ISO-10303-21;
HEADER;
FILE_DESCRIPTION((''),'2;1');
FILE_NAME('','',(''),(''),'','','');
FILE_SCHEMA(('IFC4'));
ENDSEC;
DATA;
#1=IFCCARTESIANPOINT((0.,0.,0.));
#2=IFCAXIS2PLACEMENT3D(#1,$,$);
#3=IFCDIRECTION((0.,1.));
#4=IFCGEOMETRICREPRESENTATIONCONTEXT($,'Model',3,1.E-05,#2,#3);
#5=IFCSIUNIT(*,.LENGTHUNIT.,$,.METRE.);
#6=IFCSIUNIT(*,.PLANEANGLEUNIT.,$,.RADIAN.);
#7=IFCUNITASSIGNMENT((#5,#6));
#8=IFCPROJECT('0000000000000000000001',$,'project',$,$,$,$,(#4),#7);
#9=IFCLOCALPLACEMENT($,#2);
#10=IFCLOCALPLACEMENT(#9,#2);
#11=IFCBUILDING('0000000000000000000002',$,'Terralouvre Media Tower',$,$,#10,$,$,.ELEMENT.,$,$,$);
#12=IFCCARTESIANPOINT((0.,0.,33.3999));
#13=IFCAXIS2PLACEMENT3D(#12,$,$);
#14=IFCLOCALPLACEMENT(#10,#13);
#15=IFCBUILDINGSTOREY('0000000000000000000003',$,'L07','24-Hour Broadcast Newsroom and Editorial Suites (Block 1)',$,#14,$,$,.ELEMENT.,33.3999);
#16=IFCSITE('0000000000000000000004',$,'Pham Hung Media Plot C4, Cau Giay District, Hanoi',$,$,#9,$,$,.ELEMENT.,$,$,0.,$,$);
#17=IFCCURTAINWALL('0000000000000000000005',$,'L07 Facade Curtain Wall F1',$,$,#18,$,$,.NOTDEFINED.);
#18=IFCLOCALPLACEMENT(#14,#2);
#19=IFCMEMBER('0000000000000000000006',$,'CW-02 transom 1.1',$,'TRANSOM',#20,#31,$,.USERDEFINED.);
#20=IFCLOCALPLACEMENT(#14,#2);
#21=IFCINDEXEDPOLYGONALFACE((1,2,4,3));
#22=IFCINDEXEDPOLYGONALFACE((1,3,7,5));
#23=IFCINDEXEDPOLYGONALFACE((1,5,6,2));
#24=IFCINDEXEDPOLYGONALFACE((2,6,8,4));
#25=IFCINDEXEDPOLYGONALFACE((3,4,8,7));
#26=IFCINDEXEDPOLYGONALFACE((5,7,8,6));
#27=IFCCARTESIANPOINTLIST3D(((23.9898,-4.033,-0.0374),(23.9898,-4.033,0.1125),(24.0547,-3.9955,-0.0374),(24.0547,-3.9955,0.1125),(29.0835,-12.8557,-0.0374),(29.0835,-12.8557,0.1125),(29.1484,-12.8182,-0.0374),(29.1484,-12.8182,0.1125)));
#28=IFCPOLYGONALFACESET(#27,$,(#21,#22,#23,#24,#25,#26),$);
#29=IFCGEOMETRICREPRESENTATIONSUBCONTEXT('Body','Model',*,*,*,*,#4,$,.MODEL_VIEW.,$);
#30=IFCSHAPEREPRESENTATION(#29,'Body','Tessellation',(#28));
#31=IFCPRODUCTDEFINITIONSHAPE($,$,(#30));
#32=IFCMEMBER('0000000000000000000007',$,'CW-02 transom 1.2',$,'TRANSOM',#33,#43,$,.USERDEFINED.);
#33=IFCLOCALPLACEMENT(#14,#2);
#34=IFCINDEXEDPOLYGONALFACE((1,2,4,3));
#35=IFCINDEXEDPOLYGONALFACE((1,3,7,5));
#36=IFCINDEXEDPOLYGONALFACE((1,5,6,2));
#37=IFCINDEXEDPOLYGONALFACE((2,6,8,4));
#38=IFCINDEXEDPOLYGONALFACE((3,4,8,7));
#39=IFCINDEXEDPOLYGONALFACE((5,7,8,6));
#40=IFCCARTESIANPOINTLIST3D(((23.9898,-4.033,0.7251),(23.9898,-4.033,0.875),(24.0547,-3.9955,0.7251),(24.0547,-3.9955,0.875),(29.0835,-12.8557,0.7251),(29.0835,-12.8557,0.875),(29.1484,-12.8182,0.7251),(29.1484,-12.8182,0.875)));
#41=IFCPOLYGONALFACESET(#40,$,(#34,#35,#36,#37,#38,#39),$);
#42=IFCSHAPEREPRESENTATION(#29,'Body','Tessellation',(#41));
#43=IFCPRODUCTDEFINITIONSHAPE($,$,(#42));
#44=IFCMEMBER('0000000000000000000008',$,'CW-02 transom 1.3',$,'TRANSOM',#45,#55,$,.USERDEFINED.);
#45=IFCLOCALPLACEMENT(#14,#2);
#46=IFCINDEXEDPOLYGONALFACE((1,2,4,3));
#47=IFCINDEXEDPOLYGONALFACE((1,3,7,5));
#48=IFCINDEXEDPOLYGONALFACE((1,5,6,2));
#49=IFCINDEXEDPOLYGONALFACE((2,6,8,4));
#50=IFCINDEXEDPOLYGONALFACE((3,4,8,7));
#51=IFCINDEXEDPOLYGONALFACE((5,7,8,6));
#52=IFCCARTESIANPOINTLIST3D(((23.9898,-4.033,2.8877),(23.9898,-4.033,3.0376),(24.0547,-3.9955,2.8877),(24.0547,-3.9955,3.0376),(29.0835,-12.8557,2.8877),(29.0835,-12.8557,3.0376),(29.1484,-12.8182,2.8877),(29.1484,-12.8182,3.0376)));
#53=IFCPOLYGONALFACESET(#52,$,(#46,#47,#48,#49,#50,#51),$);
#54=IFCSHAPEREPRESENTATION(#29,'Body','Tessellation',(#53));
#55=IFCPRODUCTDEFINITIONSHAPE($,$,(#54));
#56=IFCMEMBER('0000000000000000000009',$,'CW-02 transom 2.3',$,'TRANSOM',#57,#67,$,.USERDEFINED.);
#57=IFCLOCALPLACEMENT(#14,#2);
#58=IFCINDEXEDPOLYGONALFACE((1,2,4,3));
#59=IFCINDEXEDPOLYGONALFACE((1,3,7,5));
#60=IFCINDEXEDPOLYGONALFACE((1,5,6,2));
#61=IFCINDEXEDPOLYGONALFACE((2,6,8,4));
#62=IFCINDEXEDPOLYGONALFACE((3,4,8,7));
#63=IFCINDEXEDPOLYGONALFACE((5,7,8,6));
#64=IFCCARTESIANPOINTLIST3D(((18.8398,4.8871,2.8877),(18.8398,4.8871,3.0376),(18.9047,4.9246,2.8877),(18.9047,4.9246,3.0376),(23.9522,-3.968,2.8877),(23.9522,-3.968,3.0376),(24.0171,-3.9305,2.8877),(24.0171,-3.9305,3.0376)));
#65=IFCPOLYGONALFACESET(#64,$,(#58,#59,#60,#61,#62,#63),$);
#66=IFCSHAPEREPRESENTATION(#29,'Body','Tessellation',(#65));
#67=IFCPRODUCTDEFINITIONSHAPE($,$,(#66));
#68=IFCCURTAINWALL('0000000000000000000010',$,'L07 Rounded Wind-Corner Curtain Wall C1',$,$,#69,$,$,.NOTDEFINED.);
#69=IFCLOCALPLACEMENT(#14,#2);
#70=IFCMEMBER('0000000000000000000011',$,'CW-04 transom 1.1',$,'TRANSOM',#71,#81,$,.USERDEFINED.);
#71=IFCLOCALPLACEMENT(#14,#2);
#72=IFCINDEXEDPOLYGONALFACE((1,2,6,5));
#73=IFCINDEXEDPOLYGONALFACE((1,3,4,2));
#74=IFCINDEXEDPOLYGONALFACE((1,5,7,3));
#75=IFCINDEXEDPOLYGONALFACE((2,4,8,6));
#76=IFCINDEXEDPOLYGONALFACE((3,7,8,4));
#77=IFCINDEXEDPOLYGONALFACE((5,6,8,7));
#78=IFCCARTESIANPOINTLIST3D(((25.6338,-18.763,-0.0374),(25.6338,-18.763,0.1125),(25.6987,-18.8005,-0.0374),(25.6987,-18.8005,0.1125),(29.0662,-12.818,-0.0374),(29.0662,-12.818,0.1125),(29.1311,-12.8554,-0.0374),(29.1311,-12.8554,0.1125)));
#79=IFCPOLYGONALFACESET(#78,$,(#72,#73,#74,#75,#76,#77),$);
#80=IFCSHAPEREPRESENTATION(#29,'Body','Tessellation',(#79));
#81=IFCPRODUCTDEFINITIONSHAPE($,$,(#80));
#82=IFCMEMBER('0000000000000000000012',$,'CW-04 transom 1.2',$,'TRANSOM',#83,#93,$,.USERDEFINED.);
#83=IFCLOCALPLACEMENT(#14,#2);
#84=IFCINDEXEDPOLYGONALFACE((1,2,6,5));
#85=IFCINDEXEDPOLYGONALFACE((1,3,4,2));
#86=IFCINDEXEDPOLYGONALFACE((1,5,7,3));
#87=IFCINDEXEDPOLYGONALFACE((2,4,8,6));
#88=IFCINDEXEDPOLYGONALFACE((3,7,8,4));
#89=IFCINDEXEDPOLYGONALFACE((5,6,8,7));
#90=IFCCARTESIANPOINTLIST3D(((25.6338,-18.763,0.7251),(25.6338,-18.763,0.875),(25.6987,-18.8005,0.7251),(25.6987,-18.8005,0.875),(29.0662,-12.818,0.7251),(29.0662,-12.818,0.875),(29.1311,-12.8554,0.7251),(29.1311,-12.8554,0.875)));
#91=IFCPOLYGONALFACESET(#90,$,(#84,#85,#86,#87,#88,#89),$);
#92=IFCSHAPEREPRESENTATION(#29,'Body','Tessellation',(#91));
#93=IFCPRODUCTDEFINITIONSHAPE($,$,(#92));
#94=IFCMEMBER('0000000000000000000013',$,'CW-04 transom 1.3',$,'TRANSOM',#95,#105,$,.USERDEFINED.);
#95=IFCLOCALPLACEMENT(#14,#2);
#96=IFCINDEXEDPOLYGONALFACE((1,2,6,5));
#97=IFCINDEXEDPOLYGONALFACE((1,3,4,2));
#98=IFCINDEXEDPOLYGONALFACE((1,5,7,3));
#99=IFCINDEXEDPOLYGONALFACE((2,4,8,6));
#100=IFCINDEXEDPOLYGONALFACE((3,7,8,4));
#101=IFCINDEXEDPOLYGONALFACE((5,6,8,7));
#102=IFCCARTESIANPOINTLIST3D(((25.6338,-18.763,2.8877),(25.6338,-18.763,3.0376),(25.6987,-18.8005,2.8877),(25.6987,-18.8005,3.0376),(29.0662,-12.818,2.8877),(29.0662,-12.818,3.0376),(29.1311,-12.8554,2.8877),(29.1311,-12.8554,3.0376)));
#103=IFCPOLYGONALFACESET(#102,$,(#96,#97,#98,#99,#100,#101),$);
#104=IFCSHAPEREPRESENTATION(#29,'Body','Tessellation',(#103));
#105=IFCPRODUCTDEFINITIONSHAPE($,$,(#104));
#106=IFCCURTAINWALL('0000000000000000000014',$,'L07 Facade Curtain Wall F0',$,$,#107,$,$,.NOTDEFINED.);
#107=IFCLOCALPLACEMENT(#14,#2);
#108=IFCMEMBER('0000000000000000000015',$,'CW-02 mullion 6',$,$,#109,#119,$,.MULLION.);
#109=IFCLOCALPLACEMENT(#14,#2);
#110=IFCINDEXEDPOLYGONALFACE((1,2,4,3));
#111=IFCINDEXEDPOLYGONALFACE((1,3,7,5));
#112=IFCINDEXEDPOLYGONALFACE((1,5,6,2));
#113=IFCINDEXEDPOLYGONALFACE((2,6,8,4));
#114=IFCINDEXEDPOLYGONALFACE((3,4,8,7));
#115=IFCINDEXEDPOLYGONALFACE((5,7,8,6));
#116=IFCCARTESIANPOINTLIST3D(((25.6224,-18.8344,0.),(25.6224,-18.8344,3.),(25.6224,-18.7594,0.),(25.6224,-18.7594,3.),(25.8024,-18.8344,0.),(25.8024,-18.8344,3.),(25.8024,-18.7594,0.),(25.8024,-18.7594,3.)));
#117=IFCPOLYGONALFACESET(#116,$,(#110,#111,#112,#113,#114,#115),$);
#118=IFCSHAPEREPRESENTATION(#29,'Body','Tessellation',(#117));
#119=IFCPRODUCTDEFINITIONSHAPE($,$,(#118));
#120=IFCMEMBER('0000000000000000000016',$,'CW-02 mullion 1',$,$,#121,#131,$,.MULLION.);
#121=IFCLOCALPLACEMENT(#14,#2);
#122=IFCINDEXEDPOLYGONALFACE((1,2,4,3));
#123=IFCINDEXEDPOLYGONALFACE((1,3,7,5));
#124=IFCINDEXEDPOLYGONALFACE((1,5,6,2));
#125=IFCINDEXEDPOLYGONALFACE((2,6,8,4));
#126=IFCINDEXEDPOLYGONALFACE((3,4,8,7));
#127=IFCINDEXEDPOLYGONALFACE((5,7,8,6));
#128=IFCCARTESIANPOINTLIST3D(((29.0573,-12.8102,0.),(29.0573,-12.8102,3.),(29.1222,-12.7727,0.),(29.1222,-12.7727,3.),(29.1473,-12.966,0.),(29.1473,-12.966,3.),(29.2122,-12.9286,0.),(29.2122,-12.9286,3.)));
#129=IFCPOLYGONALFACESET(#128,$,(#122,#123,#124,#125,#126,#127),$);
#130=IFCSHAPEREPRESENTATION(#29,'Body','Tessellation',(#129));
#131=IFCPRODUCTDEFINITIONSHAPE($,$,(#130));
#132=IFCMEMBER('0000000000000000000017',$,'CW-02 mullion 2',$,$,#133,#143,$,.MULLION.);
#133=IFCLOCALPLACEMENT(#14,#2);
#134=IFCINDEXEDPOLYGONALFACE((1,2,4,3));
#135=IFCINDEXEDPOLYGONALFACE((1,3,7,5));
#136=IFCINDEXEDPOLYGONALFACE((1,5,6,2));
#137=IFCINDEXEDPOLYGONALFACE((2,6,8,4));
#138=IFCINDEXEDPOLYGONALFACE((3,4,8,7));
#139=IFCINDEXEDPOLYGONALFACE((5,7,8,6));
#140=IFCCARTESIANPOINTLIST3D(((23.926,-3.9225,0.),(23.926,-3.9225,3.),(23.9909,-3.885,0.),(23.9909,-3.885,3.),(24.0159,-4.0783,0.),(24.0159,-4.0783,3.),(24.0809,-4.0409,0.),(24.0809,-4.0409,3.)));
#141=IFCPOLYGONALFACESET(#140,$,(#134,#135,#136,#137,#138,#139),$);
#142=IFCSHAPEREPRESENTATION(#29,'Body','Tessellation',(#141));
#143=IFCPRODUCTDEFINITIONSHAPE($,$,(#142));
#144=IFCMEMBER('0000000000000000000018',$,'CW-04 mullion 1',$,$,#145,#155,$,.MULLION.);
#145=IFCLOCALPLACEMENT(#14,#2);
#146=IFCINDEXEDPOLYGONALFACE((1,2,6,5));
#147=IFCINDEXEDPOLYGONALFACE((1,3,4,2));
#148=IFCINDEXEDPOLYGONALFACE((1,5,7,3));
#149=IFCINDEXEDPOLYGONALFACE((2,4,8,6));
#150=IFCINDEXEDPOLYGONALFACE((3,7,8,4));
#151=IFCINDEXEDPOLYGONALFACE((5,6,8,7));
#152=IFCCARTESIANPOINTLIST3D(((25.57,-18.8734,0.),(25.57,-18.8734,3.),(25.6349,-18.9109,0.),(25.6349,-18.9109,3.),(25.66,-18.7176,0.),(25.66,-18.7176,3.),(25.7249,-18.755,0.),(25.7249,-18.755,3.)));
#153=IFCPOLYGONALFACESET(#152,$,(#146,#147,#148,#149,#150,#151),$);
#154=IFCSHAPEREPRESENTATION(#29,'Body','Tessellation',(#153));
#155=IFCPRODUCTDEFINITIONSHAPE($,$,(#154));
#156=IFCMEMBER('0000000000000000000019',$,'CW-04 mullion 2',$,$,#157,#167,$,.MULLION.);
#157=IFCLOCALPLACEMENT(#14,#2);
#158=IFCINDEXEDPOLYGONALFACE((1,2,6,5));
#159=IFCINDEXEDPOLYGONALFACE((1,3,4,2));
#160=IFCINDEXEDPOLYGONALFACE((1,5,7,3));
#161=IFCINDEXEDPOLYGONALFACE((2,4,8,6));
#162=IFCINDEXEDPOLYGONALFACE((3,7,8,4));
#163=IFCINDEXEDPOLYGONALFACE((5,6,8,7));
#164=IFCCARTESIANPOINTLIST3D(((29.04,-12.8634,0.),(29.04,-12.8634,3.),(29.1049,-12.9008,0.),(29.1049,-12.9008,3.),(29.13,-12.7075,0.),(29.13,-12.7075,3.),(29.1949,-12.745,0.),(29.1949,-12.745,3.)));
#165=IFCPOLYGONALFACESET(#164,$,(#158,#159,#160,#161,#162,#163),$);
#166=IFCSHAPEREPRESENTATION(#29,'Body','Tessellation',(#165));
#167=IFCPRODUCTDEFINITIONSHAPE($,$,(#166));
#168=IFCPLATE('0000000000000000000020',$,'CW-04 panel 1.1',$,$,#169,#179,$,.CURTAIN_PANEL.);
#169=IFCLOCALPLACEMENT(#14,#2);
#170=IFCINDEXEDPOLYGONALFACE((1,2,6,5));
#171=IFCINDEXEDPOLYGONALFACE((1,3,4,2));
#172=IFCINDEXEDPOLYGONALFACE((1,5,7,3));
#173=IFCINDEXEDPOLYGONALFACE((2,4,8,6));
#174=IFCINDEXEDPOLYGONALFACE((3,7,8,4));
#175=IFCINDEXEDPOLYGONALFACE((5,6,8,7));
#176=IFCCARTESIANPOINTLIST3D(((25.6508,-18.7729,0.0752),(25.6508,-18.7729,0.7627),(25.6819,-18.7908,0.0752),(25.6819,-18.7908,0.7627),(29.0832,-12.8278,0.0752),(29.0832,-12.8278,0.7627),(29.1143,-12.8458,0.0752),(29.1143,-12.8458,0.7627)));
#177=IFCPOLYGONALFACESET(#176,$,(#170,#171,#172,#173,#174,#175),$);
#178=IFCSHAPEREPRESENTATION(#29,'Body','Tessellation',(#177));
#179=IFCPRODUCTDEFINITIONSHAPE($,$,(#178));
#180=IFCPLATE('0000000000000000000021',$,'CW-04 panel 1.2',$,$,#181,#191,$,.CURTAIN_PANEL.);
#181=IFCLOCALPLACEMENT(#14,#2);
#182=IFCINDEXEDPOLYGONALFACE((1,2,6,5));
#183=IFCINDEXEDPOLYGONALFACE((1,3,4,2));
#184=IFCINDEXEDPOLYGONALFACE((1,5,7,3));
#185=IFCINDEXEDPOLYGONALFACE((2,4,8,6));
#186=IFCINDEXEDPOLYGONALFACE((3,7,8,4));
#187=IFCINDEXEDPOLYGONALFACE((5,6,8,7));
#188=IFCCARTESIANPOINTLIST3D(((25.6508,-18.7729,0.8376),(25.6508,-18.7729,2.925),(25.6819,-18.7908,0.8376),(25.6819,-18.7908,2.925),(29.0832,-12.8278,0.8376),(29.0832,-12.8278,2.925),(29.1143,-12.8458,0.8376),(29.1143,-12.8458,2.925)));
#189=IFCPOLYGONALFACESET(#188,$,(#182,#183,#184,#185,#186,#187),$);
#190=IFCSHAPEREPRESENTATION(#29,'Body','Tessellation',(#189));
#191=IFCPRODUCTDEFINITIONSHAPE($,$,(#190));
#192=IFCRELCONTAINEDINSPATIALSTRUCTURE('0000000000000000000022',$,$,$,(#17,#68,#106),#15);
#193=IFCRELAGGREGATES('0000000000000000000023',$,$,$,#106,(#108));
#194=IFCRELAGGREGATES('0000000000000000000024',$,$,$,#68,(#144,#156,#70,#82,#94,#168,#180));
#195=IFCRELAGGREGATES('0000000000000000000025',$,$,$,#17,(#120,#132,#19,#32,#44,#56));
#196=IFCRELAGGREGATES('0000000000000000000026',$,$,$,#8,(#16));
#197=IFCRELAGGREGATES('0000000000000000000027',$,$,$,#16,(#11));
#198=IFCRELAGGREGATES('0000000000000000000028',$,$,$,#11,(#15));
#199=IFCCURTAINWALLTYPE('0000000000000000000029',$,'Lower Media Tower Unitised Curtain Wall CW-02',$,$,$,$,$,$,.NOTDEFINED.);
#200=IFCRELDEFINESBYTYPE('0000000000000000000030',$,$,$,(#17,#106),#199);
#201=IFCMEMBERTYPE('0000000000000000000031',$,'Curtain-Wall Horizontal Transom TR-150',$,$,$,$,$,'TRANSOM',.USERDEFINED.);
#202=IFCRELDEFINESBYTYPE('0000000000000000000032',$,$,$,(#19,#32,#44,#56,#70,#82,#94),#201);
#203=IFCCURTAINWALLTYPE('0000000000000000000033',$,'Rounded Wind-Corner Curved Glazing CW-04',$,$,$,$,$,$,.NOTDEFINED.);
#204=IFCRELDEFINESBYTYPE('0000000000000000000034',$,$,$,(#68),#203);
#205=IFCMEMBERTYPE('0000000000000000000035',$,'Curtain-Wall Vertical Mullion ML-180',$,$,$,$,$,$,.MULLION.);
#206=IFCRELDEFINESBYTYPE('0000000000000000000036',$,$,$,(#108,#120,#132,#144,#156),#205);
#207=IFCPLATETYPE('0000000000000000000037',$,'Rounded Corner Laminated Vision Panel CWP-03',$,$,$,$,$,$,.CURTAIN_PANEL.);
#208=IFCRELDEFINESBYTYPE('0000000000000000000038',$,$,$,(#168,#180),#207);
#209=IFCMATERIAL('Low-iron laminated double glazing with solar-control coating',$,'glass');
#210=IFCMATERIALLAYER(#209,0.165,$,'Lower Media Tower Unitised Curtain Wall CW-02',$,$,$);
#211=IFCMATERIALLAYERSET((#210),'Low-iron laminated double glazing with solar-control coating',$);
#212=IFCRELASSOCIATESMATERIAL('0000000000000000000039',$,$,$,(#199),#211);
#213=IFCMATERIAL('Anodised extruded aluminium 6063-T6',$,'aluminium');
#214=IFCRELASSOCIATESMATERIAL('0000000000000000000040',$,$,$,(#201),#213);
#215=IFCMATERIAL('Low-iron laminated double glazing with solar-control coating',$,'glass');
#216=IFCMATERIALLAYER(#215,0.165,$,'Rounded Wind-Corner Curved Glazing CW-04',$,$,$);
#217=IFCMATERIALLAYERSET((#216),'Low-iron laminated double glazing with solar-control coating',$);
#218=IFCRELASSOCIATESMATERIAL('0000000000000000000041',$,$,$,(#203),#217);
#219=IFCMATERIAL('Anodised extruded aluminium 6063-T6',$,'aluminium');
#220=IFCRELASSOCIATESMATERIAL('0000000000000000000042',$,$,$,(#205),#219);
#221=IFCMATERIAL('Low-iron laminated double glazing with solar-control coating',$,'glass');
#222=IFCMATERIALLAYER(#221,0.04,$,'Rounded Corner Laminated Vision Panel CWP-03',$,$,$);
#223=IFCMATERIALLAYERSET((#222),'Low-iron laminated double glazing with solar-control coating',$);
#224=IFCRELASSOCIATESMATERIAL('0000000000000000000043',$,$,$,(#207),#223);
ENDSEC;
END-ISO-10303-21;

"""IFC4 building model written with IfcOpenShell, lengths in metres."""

from ifc_helpers import new_model, si_unit, direction, frame, origin, origin_2d, place, context, subcontext, project, spatial, rectangle, extrude, material, layer, layer_set, material_profile, profile_set, type_object, element, aggregate, save


model = new_model("IFC4")

# Units and contexts
model_context = context("Model", 3, precision=1e-05, world=origin(), true_north=direction((0.0, 1.0)))
body_context = subcontext(model_context, "Body", "Model", "MODEL_VIEW")
ifc_project = project(units=[si_unit("LENGTHUNIT", "METRE"), si_unit("PLANEANGLEUNIT", "RADIAN")], contexts=[model_context])

# Site, building, storey
site_placement = place(None, origin())
site = spatial("IfcSite", under=ifc_project, at=site_placement, Name="Pham Hung Media Plot C4, Cau Giay District, Hanoi", CompositionType="ELEMENT", RefElevation=0.0)
building_placement = place(site_placement, origin())
building = spatial("IfcBuilding", under=site, at=building_placement, Name="Terralouvre Media Tower", CompositionType="ELEMENT")
storey_placement = place(building_placement, frame((0.0, 0.0, 33.3999)))
storey = spatial("IfcBuildingStorey", under=building, at=storey_placement, Name="L07", Description="24-Hour Broadcast Newsroom and Editorial Suites (Block 1)", CompositionType="ELEMENT", Elevation=33.3999)

# Curtain walls, members
ifc_material_1 = material(Name="Low-iron laminated double glazing with solar-control coating", Category="glass")
ifc_layer_1 = layer(ifc_material_1, 0.165, Name="Lower Media Tower Unitised Curtain Wall CW-02")
ifc_layer_set_1 = layer_set([ifc_layer_1], Name="Low-iron laminated double glazing with solar-control coating")
curtain_wall_type_1 = type_object("IfcCurtainWallType", Name="Lower Media Tower Unitised Curtain Wall CW-02", PredefinedType="NOTDEFINED", material=ifc_layer_set_1)
curtain_wall_1_placement = place(storey_placement, origin())
curtain_wall_1 = element("IfcCurtainWall", 1, at=curtain_wall_1_placement, inside=storey, type_object=curtain_wall_type_1, Name="L07 Facade Curtain Wall F1", PredefinedType="NOTDEFINED")
ifc_material_2 = material(Name="Anodised extruded aluminium 6063-T6", Category="aluminium")
ifc_material_profile_1 = material_profile(ifc_material_2, rectangle(XDim=0.075, YDim=0.1499, at=origin_2d()), Name="ALU 75x150")
ifc_profile_set_1 = profile_set([ifc_material_profile_1], Name="Anodised extruded aluminium 6063-T6")
member_type_1 = type_object("IfcMemberType", Name="Curtain-Wall Horizontal Transom TR-150", ElementType="TRANSOM", PredefinedType="USERDEFINED", material=ifc_profile_set_1)
member_1_placement = place(storey_placement, frame((29.116, -12.8369, 0.0376), z_axis=(-0.499995, 0.866028, 0.0), x_axis=(-0.866028, -0.499995, 0.0)))
member_1 = element("IfcMember", 2, at=member_1_placement, type_object=member_type_1, Name="CW-02 transom 1.1", ObjectType="TRANSOM", PredefinedType="USERDEFINED", context=body_context, shape_type="SweptSolid", body=[
    extrude(rectangle(XDim=0.075, YDim=0.1499, at=origin_2d()), origin(), (0.0, 0.0, 1.0), 10.1875),
])
member_2_placement = place(storey_placement, frame((29.116, -12.8369, 0.8), z_axis=(-0.499995, 0.866028, 0.0), x_axis=(-0.866028, -0.499995, 0.0)))
member_2 = element("IfcMember", 3, at=member_2_placement, type_object=member_type_1, Name="CW-02 transom 1.2", ObjectType="TRANSOM", PredefinedType="USERDEFINED", context=body_context, shape_type="SweptSolid", body=[
    extrude(rectangle(XDim=0.075, YDim=0.1499, at=origin_2d()), origin(), (0.0, 0.0, 1.0), 10.1875),
])
member_3_placement = place(storey_placement, frame((29.116, -12.8369, 2.9626), z_axis=(-0.499995, 0.866028, 0.0), x_axis=(-0.866028, -0.499995, 0.0)))
member_3 = element("IfcMember", 4, at=member_3_placement, type_object=member_type_1, Name="CW-02 transom 1.3", ObjectType="TRANSOM", PredefinedType="USERDEFINED", context=body_context, shape_type="SweptSolid", body=[
    extrude(rectangle(XDim=0.075, YDim=0.1499, at=origin_2d()), origin(), (0.0, 0.0, 1.0), 10.1875),
])
member_4_placement = place(storey_placement, frame((23.9846, -3.9492, 2.9626), z_axis=(-0.499991, 0.866031, 0.0), x_axis=(-0.866031, -0.499991, 0.0)))
member_4 = element("IfcMember", 5, at=member_4_placement, type_object=member_type_1, Name="CW-02 transom 2.3", ObjectType="TRANSOM", PredefinedType="USERDEFINED", context=body_context, shape_type="SweptSolid", body=[
    extrude(rectangle(XDim=0.075, YDim=0.1499, at=origin_2d()), origin(), (0.0, 0.0, 1.0), 10.2249),
])
ifc_material_3 = material(Name="Low-iron laminated double glazing with solar-control coating", Category="glass")
ifc_layer_2 = layer(ifc_material_3, 0.165, Name="Rounded Wind-Corner Curved Glazing CW-04")
ifc_layer_set_2 = layer_set([ifc_layer_2], Name="Low-iron laminated double glazing with solar-control coating")
curtain_wall_type_2 = type_object("IfcCurtainWallType", Name="Rounded Wind-Corner Curved Glazing CW-04", PredefinedType="NOTDEFINED", material=ifc_layer_set_2)
curtain_wall_2_placement = place(storey_placement, origin())
curtain_wall_2 = element("IfcCurtainWall", 6, at=curtain_wall_2_placement, inside=storey, type_object=curtain_wall_type_2, Name="L07 Rounded Wind-Corner Curtain Wall C1", PredefinedType="NOTDEFINED")
member_5_placement = place(storey_placement, frame((25.6663, -18.7817, 0.0376), z_axis=(0.499998, 0.866026, 0.0), x_axis=(-0.866026, 0.499998, 0.0)))
member_5 = element("IfcMember", 7, at=member_5_placement, type_object=member_type_1, Name="CW-04 transom 1.1", ObjectType="TRANSOM", PredefinedType="USERDEFINED", context=body_context, shape_type="SweptSolid", body=[
    extrude(rectangle(XDim=0.075, YDim=0.1499, at=origin_2d()), origin(), (0.0, 0.0, 1.0), 6.8647),
])
member_6_placement = place(storey_placement, frame((25.6663, -18.7817, 0.8), z_axis=(0.499998, 0.866026, 0.0), x_axis=(-0.866026, 0.499998, 0.0)))
member_6 = element("IfcMember", 8, at=member_6_placement, type_object=member_type_1, Name="CW-04 transom 1.2", ObjectType="TRANSOM", PredefinedType="USERDEFINED", context=body_context, shape_type="SweptSolid", body=[
    extrude(rectangle(XDim=0.075, YDim=0.1499, at=origin_2d()), origin(), (0.0, 0.0, 1.0), 6.8647),
])
member_7_placement = place(storey_placement, frame((25.6663, -18.7817, 2.9626), z_axis=(0.499998, 0.866026, 0.0), x_axis=(-0.866026, 0.499998, 0.0)))
member_7 = element("IfcMember", 9, at=member_7_placement, type_object=member_type_1, Name="CW-04 transom 1.3", ObjectType="TRANSOM", PredefinedType="USERDEFINED", context=body_context, shape_type="SweptSolid", body=[
    extrude(rectangle(XDim=0.075, YDim=0.1499, at=origin_2d()), origin(), (0.0, 0.0, 1.0), 6.8647),
])

# Curtain wall, member
curtain_wall_3_placement = place(storey_placement, origin())
curtain_wall_3 = element("IfcCurtainWall", 10, at=curtain_wall_3_placement, inside=storey, type_object=curtain_wall_type_1, Name="L07 Facade Curtain Wall F0", PredefinedType="NOTDEFINED")
ifc_material_4 = material(Name="Anodised extruded aluminium 6063-T6", Category="aluminium")
ifc_material_profile_2 = material_profile(ifc_material_4, rectangle(XDim=0.075, YDim=0.1799, at=origin_2d()), Name="ALU 75x180")
ifc_profile_set_2 = profile_set([ifc_material_profile_2], Name="Anodised extruded aluminium 6063-T6")
member_type_2 = type_object("IfcMemberType", Name="Curtain-Wall Vertical Mullion ML-180", PredefinedType="MULLION", material=ifc_profile_set_2)
member_8_placement = place(storey_placement, frame((25.7124, -18.7969, 0.0), z_axis=(0.0, 0.0, 1.0), x_axis=(0.0, 1.0, 0.0)))
member_8 = element("IfcMember", 11, at=member_8_placement, type_object=member_type_2, Name="CW-02 mullion 6", PredefinedType="MULLION", context=body_context, shape_type="SweptSolid", body=[
    extrude(rectangle(XDim=0.075, YDim=0.1799, at=origin_2d()), origin(), (0.0, 0.0, 1.0), 3.0),
])
aggregate(curtain_wall_3, [member_8])

# Members
member_9_placement = place(storey_placement, frame((29.1348, -12.8694, 0.0), z_axis=(0.0, 0.0, 1.0), x_axis=(-0.866025, -0.5, 0.0)))
member_9 = element("IfcMember", 12, at=member_9_placement, type_object=member_type_2, Name="CW-02 mullion 1", PredefinedType="MULLION", context=body_context, shape_type="SweptSolid", body=[
    extrude(rectangle(XDim=0.075, YDim=0.1799, at=origin_2d()), origin(), (0.0, 0.0, 1.0), 3.0),
])
member_10_placement = place(storey_placement, frame((24.0034, -3.9817, 0.0), z_axis=(0.0, 0.0, 1.0), x_axis=(-0.866025, -0.5, 0.0)))
member_10 = element("IfcMember", 13, at=member_10_placement, type_object=member_type_2, Name="CW-02 mullion 2", PredefinedType="MULLION", context=body_context, shape_type="SweptSolid", body=[
    extrude(rectangle(XDim=0.075, YDim=0.1799, at=origin_2d()), origin(), (0.0, 0.0, 1.0), 3.0),
])
member_11_placement = place(storey_placement, frame((25.6475, -18.8142, 0.0), z_axis=(0.0, 0.0, 1.0), x_axis=(-0.866026, 0.5, 0.0)))
member_11 = element("IfcMember", 14, at=member_11_placement, type_object=member_type_2, Name="CW-04 mullion 1", PredefinedType="MULLION", context=body_context, shape_type="SweptSolid", body=[
    extrude(rectangle(XDim=0.075, YDim=0.1799, at=origin_2d()), origin(), (0.0, 0.0, 1.0), 3.0),
])
member_12_placement = place(storey_placement, frame((29.1174, -12.8042, 0.0), z_axis=(0.0, 0.0, 1.0), x_axis=(-0.866026, 0.5, 0.0)))
member_12 = element("IfcMember", 15, at=member_12_placement, type_object=member_type_2, Name="CW-04 mullion 2", PredefinedType="MULLION", context=body_context, shape_type="SweptSolid", body=[
    extrude(rectangle(XDim=0.075, YDim=0.1799, at=origin_2d()), origin(), (0.0, 0.0, 1.0), 3.0),
])

# Plates
ifc_material_5 = material(Name="Low-iron laminated double glazing with solar-control coating", Category="glass")
ifc_layer_3 = layer(ifc_material_5, 0.04, Name="Rounded Corner Laminated Vision Panel CWP-03")
ifc_layer_set_3 = layer_set([ifc_layer_3], Name="Low-iron laminated double glazing with solar-control coating")
plate_type_1 = type_object("IfcPlateType", Name="Rounded Corner Laminated Vision Panel CWP-03", PredefinedType="CURTAIN_PANEL", material=ifc_layer_set_3)
plate_1_placement = place(storey_placement, frame((27.3826, -15.8093, 0.0752), z_axis=(0.0, 0.0, 1.0), x_axis=(0.5, 0.866026, 0.0)))
plate_1 = element("IfcPlate", 16, at=plate_1_placement, type_object=plate_type_1, Name="CW-04 panel 1.1", PredefinedType="CURTAIN_PANEL", context=body_context, shape_type="SweptSolid", body=[
    extrude(rectangle(XDim=6.8647, YDim=0.0359, at=origin_2d()), origin(), (0.0, 0.0, 1.0), 0.6875),
])
plate_2_placement = place(storey_placement, frame((27.3826, -15.8093, 0.8376), z_axis=(0.0, 0.0, 1.0), x_axis=(0.5, 0.866026, 0.0)))
plate_2 = element("IfcPlate", 17, at=plate_2_placement, type_object=plate_type_1, Name="CW-04 panel 1.2", PredefinedType="CURTAIN_PANEL", context=body_context, shape_type="SweptSolid", body=[
    extrude(rectangle(XDim=6.8647, YDim=0.0359, at=origin_2d()), origin(), (0.0, 0.0, 1.0), 2.0874),
])
aggregate(curtain_wall_2, [member_11, member_12, member_5, member_6, member_7, plate_1, plate_2])
aggregate(curtain_wall_1, [member_9, member_10, member_1, member_2, member_3, member_4])

save(model, "model.ifc")
